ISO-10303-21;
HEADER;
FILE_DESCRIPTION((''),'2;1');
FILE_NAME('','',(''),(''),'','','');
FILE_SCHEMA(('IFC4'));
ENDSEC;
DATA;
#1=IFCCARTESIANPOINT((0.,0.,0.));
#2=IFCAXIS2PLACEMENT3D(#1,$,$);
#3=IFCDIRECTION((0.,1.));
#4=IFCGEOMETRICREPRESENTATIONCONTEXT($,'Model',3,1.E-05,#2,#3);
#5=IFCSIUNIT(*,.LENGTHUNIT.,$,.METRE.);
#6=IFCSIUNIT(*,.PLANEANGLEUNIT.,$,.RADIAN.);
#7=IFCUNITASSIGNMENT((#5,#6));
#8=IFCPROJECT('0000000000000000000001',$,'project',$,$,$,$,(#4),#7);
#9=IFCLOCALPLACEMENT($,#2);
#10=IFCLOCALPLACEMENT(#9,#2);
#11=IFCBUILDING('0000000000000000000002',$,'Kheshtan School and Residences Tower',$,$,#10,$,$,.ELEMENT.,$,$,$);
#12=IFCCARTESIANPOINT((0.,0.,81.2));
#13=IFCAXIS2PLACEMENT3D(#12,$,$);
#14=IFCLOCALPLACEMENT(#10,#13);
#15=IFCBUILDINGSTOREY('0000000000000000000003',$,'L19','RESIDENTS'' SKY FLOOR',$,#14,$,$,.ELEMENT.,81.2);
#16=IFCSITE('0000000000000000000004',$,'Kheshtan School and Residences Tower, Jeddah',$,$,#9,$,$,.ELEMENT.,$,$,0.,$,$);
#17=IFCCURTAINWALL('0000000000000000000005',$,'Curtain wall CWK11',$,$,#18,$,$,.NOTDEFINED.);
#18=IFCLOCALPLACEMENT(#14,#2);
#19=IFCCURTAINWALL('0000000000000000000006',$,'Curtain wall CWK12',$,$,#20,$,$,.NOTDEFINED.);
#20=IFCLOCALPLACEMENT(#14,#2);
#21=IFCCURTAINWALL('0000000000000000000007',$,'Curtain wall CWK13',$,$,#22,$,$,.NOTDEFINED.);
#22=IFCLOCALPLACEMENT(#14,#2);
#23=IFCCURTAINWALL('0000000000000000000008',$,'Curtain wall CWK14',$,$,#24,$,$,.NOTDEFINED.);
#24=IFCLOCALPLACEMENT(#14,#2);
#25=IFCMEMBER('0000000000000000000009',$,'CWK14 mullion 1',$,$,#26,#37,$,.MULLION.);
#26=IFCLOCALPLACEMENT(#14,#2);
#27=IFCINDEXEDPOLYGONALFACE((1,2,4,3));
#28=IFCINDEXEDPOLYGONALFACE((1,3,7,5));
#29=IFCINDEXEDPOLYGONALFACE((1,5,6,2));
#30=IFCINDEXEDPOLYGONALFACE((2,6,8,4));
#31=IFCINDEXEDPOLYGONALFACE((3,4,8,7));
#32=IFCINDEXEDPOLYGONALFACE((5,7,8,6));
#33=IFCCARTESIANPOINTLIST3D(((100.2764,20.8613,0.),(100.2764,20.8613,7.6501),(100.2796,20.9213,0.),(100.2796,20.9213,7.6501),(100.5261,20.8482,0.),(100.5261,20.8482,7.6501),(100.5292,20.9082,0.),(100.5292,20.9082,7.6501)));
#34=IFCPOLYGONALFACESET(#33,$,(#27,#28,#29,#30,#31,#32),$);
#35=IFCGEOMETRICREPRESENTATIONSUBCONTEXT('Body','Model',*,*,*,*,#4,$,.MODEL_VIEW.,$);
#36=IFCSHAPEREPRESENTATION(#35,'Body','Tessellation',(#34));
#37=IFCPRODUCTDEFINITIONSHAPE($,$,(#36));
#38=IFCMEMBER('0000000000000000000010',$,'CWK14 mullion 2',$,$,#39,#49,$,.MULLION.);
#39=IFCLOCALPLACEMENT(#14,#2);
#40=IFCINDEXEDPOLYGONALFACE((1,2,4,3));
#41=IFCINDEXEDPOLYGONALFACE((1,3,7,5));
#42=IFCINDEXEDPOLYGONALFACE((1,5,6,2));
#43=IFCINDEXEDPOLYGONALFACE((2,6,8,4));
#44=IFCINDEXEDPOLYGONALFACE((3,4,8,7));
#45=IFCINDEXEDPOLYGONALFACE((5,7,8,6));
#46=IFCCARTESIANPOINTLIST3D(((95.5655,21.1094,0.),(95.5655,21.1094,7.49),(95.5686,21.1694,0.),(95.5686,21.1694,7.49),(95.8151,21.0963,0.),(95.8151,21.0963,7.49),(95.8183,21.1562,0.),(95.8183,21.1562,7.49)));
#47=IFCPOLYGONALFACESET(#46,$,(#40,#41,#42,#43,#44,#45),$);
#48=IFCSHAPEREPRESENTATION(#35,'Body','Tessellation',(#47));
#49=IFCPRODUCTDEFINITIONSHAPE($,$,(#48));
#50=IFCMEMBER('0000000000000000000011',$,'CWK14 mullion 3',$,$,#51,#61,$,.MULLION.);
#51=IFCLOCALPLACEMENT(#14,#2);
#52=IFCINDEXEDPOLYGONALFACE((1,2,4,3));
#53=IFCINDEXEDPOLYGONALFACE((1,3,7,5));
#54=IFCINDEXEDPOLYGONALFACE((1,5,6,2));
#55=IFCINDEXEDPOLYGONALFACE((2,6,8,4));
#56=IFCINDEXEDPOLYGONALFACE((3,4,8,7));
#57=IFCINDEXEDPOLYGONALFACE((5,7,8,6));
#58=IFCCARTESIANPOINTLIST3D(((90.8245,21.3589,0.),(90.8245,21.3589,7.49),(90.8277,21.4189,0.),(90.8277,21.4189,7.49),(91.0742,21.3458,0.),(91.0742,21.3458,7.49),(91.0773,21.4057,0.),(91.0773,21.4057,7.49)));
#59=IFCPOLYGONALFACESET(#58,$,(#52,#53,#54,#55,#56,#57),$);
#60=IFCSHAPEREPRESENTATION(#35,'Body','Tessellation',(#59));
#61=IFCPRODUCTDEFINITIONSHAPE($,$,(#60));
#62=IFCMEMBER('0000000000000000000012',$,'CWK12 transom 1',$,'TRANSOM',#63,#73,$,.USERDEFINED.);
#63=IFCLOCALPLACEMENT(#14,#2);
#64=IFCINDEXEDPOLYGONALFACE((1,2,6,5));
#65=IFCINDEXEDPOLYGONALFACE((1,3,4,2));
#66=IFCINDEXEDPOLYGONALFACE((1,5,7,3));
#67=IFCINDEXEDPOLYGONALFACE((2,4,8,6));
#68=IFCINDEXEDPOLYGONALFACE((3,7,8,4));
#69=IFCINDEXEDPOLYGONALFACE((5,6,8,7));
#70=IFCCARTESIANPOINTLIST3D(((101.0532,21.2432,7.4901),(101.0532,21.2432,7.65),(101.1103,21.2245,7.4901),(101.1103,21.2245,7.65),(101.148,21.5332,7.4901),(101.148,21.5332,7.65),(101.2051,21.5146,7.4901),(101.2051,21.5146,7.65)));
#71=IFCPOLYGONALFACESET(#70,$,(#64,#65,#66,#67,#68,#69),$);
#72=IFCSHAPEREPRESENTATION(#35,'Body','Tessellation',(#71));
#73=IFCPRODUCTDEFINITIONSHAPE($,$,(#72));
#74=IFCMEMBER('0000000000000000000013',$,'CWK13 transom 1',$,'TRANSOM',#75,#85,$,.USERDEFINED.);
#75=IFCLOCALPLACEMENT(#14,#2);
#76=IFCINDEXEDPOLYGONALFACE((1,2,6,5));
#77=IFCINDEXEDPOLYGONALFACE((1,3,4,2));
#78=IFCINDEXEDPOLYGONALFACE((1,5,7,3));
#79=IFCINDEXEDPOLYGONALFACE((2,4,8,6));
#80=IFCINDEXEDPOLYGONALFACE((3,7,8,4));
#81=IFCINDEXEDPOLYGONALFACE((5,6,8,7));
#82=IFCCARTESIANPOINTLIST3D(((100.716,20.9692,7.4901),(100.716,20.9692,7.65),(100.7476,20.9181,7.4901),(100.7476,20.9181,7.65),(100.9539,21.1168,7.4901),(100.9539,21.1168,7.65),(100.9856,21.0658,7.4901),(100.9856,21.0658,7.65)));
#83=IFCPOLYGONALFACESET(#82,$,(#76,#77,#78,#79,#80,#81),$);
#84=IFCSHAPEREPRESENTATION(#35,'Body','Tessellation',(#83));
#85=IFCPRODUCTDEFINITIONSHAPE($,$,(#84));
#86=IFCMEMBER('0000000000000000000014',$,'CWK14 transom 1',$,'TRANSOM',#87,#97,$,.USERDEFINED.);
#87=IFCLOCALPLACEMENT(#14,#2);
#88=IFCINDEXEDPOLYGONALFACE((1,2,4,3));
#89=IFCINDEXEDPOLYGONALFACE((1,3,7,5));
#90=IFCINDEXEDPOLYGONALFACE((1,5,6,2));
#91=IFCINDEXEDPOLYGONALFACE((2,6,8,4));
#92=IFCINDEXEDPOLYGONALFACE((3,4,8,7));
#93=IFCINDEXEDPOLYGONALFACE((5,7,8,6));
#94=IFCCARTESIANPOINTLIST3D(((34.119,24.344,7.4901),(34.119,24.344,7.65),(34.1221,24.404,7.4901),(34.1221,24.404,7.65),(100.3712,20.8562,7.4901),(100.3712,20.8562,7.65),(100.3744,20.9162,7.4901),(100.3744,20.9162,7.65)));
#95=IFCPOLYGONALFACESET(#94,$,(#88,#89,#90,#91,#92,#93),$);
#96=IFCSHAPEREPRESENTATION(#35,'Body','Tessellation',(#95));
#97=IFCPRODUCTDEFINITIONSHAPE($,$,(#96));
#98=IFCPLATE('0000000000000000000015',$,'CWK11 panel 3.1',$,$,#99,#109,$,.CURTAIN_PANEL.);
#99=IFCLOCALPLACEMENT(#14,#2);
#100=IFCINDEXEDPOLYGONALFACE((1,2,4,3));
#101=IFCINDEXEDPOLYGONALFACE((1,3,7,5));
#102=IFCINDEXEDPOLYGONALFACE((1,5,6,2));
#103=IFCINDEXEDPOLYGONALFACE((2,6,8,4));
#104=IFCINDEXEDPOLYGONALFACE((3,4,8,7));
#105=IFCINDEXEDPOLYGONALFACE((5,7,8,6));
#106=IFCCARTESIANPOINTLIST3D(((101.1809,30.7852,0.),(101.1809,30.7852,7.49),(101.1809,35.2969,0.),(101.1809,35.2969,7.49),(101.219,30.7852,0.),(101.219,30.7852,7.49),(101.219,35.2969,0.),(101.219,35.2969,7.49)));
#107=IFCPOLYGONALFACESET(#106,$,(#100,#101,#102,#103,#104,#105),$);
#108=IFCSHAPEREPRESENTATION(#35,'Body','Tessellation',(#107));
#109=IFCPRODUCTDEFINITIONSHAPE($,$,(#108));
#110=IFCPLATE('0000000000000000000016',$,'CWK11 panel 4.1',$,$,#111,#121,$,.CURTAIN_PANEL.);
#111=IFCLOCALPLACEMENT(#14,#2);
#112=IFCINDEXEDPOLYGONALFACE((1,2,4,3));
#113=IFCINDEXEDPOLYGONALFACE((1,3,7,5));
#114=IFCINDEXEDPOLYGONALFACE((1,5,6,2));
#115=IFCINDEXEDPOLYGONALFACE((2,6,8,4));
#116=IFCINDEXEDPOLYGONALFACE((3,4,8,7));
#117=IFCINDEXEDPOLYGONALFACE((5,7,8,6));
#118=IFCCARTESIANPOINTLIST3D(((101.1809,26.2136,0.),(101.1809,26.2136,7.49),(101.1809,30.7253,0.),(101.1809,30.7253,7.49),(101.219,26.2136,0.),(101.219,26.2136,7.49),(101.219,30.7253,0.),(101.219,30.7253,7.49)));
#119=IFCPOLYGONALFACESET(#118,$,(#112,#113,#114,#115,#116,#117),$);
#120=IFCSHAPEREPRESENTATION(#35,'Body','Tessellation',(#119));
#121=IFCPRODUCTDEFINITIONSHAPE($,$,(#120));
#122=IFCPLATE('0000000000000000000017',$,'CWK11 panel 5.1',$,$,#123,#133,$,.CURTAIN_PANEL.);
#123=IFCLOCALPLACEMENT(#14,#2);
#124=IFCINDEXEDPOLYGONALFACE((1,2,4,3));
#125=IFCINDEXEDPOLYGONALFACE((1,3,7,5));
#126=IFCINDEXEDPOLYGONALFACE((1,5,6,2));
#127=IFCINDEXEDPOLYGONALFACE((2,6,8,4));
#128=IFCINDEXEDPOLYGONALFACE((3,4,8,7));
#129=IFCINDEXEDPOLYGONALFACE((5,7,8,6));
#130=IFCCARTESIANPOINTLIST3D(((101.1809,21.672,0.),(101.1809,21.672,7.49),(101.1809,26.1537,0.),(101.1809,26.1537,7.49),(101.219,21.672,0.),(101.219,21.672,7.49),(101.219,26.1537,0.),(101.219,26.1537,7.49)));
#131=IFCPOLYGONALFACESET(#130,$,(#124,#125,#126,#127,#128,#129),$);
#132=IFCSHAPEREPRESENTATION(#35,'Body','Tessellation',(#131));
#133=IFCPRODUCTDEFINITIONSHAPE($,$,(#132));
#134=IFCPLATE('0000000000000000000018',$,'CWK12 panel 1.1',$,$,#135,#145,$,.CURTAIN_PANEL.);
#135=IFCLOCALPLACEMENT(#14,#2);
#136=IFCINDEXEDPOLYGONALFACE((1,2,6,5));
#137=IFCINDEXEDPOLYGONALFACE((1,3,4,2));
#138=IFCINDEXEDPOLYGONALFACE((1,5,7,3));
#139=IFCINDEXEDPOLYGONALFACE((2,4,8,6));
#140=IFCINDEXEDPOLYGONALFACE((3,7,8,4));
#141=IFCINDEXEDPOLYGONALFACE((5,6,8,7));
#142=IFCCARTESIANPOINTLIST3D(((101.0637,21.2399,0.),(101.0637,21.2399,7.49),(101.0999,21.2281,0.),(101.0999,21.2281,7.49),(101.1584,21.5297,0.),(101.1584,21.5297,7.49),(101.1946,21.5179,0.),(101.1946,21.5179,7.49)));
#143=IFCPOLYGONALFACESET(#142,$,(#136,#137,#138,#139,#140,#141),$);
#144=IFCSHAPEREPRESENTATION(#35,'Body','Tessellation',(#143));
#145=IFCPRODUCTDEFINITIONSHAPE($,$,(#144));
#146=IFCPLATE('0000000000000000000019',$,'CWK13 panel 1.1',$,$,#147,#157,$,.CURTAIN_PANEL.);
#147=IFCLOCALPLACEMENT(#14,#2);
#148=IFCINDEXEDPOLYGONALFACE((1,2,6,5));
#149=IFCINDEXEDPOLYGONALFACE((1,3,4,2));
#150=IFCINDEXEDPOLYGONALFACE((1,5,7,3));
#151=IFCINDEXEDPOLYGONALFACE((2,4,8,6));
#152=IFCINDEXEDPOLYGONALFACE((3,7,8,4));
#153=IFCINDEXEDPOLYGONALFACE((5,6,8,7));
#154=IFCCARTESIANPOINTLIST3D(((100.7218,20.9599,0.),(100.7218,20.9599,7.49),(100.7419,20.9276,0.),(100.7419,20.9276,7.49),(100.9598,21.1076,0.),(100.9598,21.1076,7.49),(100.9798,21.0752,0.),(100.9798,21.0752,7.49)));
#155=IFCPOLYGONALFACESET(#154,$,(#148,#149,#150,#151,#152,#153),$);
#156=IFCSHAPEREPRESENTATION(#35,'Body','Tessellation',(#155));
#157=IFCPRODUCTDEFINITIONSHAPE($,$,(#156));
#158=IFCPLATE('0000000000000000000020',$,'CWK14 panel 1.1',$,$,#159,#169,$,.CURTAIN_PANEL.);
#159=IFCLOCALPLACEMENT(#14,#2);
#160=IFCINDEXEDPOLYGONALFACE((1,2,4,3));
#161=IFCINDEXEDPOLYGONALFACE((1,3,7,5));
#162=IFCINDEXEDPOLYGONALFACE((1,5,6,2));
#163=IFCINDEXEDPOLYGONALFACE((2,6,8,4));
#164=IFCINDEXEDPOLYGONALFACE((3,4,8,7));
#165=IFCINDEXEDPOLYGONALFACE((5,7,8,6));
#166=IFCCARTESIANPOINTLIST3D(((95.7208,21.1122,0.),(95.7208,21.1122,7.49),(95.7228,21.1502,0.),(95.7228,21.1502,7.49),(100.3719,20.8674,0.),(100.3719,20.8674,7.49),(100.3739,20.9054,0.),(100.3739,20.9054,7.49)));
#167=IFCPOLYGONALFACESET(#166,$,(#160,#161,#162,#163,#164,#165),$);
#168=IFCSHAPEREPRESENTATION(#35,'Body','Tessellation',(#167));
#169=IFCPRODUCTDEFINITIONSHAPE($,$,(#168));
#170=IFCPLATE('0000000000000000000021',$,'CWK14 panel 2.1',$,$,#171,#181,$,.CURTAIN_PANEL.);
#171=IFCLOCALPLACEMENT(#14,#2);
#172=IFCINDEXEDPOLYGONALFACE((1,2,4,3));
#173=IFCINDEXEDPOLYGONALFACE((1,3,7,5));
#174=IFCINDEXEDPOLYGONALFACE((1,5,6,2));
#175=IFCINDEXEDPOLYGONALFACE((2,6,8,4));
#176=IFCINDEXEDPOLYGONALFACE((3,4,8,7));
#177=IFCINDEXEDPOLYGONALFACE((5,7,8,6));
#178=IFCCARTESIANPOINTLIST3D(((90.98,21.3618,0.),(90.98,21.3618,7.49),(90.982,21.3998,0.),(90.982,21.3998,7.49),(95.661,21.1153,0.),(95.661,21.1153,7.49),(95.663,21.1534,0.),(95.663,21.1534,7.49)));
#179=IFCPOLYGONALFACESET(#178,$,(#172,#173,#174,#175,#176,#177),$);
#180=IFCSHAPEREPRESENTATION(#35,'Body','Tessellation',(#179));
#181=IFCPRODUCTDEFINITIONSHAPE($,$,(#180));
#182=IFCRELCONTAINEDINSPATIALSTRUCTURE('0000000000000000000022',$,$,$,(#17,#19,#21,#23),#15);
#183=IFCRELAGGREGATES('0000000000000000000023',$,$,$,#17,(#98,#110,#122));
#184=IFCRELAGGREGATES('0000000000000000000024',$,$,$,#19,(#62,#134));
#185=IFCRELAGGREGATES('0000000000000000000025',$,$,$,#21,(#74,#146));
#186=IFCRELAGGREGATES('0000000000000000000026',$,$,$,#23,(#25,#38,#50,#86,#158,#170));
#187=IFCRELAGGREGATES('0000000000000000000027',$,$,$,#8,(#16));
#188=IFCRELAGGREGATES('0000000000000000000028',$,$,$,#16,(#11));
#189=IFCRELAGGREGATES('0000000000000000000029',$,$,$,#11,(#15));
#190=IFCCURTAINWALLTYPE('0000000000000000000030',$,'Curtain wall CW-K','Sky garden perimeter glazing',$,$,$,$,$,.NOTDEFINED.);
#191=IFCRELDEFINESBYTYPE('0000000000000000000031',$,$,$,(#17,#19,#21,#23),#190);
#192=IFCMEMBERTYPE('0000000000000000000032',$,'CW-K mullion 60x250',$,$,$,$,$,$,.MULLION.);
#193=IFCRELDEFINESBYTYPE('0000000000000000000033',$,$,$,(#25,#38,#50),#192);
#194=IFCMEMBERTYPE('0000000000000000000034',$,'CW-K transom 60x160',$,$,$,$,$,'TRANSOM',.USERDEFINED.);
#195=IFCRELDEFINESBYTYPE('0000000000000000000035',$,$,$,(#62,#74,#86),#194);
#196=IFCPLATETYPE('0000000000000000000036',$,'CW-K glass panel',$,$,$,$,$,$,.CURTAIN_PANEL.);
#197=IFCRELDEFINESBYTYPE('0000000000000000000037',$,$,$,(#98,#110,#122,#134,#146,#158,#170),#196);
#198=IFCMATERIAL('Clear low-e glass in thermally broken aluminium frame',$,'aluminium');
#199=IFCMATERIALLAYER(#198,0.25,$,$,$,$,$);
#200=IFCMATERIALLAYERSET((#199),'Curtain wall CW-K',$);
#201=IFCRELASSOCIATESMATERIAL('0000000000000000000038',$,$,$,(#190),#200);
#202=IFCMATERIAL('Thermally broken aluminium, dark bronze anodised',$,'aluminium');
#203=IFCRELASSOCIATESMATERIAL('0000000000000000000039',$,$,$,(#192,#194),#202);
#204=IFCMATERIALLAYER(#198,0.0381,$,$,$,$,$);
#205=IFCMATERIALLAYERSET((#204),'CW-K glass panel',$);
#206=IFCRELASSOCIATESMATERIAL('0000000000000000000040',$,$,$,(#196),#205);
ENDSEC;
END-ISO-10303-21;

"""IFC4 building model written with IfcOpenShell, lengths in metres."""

from ifc_helpers import new_model, si_unit, direction, frame, origin, origin_2d, place, context, subcontext, project, spatial, rectangle, extrude, material, layer, layer_set, material_profile, profile_set, type_object, element, aggregate, save


model = new_model("IFC4")

# Units and contexts
model_context = context("Model", 3, precision=1e-05, world=origin(), true_north=direction((0.0, 1.0)))
body_context = subcontext(model_context, "Body", "Model", "MODEL_VIEW")
ifc_project = project(units=[si_unit("LENGTHUNIT", "METRE"), si_unit("PLANEANGLEUNIT", "RADIAN")], contexts=[model_context])

# Site, building, storey
site_placement = place(None, origin())
site = spatial("IfcSite", under=ifc_project, at=site_placement, Name="Kheshtan School and Residences Tower, Jeddah", CompositionType="ELEMENT", RefElevation=0.0)
building_placement = place(site_placement, origin())
building = spatial("IfcBuilding", under=site, at=building_placement, Name="Kheshtan School and Residences Tower", CompositionType="ELEMENT")
storey_placement = place(building_placement, frame((0.0, 0.0, 81.2)))
storey = spatial("IfcBuildingStorey", under=building, at=storey_placement, Name="L19", Description="RESIDENTS' SKY FLOOR", CompositionType="ELEMENT", Elevation=81.2)

# Curtain walls, members
ifc_material_1 = material(Name="Clear low-e glass in thermally broken aluminium frame", Category="aluminium")
ifc_layer_1 = layer(ifc_material_1, 0.25)
ifc_layer_set_1 = layer_set([ifc_layer_1], Name="Curtain wall CW-K")
curtain_wall_type = type_object("IfcCurtainWallType", Name="Curtain wall CW-K", Description="Sky garden perimeter glazing", PredefinedType="NOTDEFINED", material=ifc_layer_set_1)
curtain_wall_1_placement = place(storey_placement, origin())
curtain_wall_1 = element("IfcCurtainWall", 1, at=curtain_wall_1_placement, inside=storey, type_object=curtain_wall_type, Name="Curtain wall CWK11", PredefinedType="NOTDEFINED")
ifc_material_2 = material(Name="Thermally broken aluminium, dark bronze anodised", Category="aluminium")
ifc_material_profile_1 = material_profile(ifc_material_2, rectangle(XDim=0.0601, YDim=0.25, at=origin_2d()), Name="CW-K mullion 60x250")
ifc_profile_set_1 = profile_set([ifc_material_profile_1], Name="Thermally broken aluminium, dark bronze anodised")
member_type_1 = type_object("IfcMemberType", Name="CW-K mullion 60x250", PredefinedType="MULLION", material=ifc_profile_set_1)
curtain_wall_2_placement = place(storey_placement, origin())
curtain_wall_2 = element("IfcCurtainWall", 2, at=curtain_wall_2_placement, inside=storey, type_object=curtain_wall_type, Name="Curtain wall CWK12", PredefinedType="NOTDEFINED")
curtain_wall_3_placement = place(storey_placement, origin())
curtain_wall_3 = element("IfcCurtainWall", 3, at=curtain_wall_3_placement, inside=storey, type_object=curtain_wall_type, Name="Curtain wall CWK13", PredefinedType="NOTDEFINED")
curtain_wall_4_placement = place(storey_placement, origin())
curtain_wall_4 = element("IfcCurtainWall", 4, at=curtain_wall_4_placement, inside=storey, type_object=curtain_wall_type, Name="Curtain wall CWK14", PredefinedType="NOTDEFINED")
member_1_placement = place(storey_placement, frame((100.4028, 20.8848, 0.0), z_axis=(0.0, 0.0, 1.0), x_axis=(-0.05257, -0.998617, 0.0)))
member_1 = element("IfcMember", 5, at=member_1_placement, type_object=member_type_1, Name="CWK14 mullion 1", PredefinedType="MULLION", context=body_context, shape_type="SweptSolid", body=[
    extrude(rectangle(XDim=0.0601, YDim=0.25, at=origin_2d()), origin(), (0.0, 0.0, 1.0), 7.6501),
])
member_2_placement = place(storey_placement, frame((95.6919, 21.1328, 0.0), z_axis=(0.0, 0.0, 1.0), x_axis=(-0.05257, -0.998617, 0.0)))
member_2 = element("IfcMember", 6, at=member_2_placement, type_object=member_type_1, Name="CWK14 mullion 2", PredefinedType="MULLION", context=body_context, shape_type="SweptSolid", body=[
    extrude(rectangle(XDim=0.0601, YDim=0.25, at=origin_2d()), origin(), (0.0, 0.0, 1.0), 7.49),
])
member_3_placement = place(storey_placement, frame((90.9509, 21.3823, 0.0), z_axis=(0.0, 0.0, 1.0), x_axis=(-0.05257, -0.998617, 0.0)))
member_3 = element("IfcMember", 7, at=member_3_placement, type_object=member_type_1, Name="CWK14 mullion 3", PredefinedType="MULLION", context=body_context, shape_type="SweptSolid", body=[
    extrude(rectangle(XDim=0.0601, YDim=0.25, at=origin_2d()), origin(), (0.0, 0.0, 1.0), 7.49),
])

# Members
ifc_material_profile_2 = material_profile(ifc_material_2, rectangle(XDim=0.0601, YDim=0.1599, at=origin_2d()), Name="CW-K transom 60x160")
ifc_profile_set_2 = profile_set([ifc_material_profile_2], Name="Thermally broken aluminium, dark bronze anodised")
member_type_2 = type_object("IfcMemberType", Name="CW-K transom 60x160", ElementType="TRANSOM", PredefinedType="USERDEFINED", material=ifc_profile_set_2)
member_4_placement = place(storey_placement, frame((101.1765, 21.5239, 7.5701), z_axis=(-0.310461, -0.950586, 0.0), x_axis=(0.950586, -0.310461, 0.0)))
member_4 = element("IfcMember", 8, at=member_4_placement, type_object=member_type_2, Name="CWK12 transom 1", ObjectType="TRANSOM", PredefinedType="USERDEFINED", context=body_context, shape_type="SweptSolid", body=[
    extrude(rectangle(XDim=0.0601, YDim=0.1599, at=origin_2d()), origin(), (0.0, 0.0, 1.0), 0.3052),
])
member_5_placement = place(storey_placement, frame((100.9697, 21.0913, 7.5701), z_axis=(-0.849707, -0.527254, 0.0), x_axis=(0.527254, -0.849707, 0.0)))
member_5 = element("IfcMember", 9, at=member_5_placement, type_object=member_type_2, Name="CWK13 transom 1", ObjectType="TRANSOM", PredefinedType="USERDEFINED", context=body_context, shape_type="SweptSolid", body=[
    extrude(rectangle(XDim=0.0601, YDim=0.1599, at=origin_2d()), origin(), (0.0, 0.0, 1.0), 0.28),
])
member_6_placement = place(storey_placement, frame((100.3728, 20.8862, 7.5701), z_axis=(-0.998617, 0.052571, 0.0), x_axis=(-0.052571, -0.998617, 0.0)))
member_6 = element("IfcMember", 10, at=member_6_placement, type_object=member_type_2, Name="CWK14 transom 1", ObjectType="TRANSOM", PredefinedType="USERDEFINED", context=body_context, shape_type="SweptSolid", body=[
    extrude(rectangle(XDim=0.0601, YDim=0.1599, at=origin_2d()), origin(), (0.0, 0.0, 1.0), 66.344),
])

# Plates
ifc_layer_2 = layer(ifc_material_1, 0.0381)
ifc_layer_set_2 = layer_set([ifc_layer_2], Name="CW-K glass panel")
plate_type = type_object("IfcPlateType", Name="CW-K glass panel", PredefinedType="CURTAIN_PANEL", material=ifc_layer_set_2)
plate_1_placement = place(storey_placement, frame((101.2, 33.041, 0.0), z_axis=(0.0, 0.0, 1.0), x_axis=(0.0, -1.0, 0.0)))
plate_1 = element("IfcPlate", 11, at=plate_1_placement, type_object=plate_type, Name="CWK11 panel 3.1", PredefinedType="CURTAIN_PANEL", context=body_context, shape_type="SweptSolid", body=[
    extrude(rectangle(XDim=4.5117, YDim=0.0381, at=origin_2d()), origin(), (0.0, 0.0, 1.0), 7.49),
])
plate_2_placement = place(storey_placement, frame((101.2, 28.4695, 0.0), z_axis=(0.0, 0.0, 1.0), x_axis=(0.0, -1.0, 0.0)))
plate_2 = element("IfcPlate", 12, at=plate_2_placement, type_object=plate_type, Name="CWK11 panel 4.1", PredefinedType="CURTAIN_PANEL", context=body_context, shape_type="SweptSolid", body=[
    extrude(rectangle(XDim=4.5117, YDim=0.0381, at=origin_2d()), origin(), (0.0, 0.0, 1.0), 7.49),
])
plate_3_placement = place(storey_placement, frame((101.2, 23.9128, 0.0), z_axis=(0.0, 0.0, 1.0), x_axis=(0.0, -1.0, 0.0)))
plate_3 = element("IfcPlate", 13, at=plate_3_placement, type_object=plate_type, Name="CWK11 panel 5.1", PredefinedType="CURTAIN_PANEL", context=body_context, shape_type="SweptSolid", body=[
    extrude(rectangle(XDim=4.4817, YDim=0.0381, at=origin_2d()), origin(), (0.0, 0.0, 1.0), 7.49),
])
aggregate(curtain_wall_1, [plate_1, plate_2, plate_3])
plate_4_placement = place(storey_placement, frame((101.1292, 21.3789, 0.0), z_axis=(0.0, 0.0, 1.0), x_axis=(-0.310575, -0.950549, 0.0)))
plate_4 = element("IfcPlate", 14, at=plate_4_placement, type_object=plate_type, Name="CWK12 panel 1.1", PredefinedType="CURTAIN_PANEL", context=body_context, shape_type="SweptSolid", body=[
    extrude(rectangle(XDim=0.3049, YDim=0.0381, at=origin_2d()), origin(), (0.0, 0.0, 1.0), 7.49),
])
aggregate(curtain_wall_2, [member_4, plate_4])
plate_5_placement = place(storey_placement, frame((100.8508, 21.0176, 0.0), z_axis=(0.0, 0.0, 1.0), x_axis=(-0.849679, -0.527301, 0.0)))
plate_5 = element("IfcPlate", 15, at=plate_5_placement, type_object=plate_type, Name="CWK13 panel 1.1", PredefinedType="CURTAIN_PANEL", context=body_context, shape_type="SweptSolid", body=[
    extrude(rectangle(XDim=0.28, YDim=0.0381, at=origin_2d()), origin(), (0.0, 0.0, 1.0), 7.49),
])
aggregate(curtain_wall_3, [member_5, plate_5])
plate_6_placement = place(storey_placement, frame((98.0474, 21.0088, 0.0), z_axis=(0.0, 0.0, 1.0), x_axis=(-0.998617, 0.05257, 0.0)))
plate_6 = element("IfcPlate", 16, at=plate_6_placement, type_object=plate_type, Name="CWK14 panel 1.1", PredefinedType="CURTAIN_PANEL", context=body_context, shape_type="SweptSolid", body=[
    extrude(rectangle(XDim=4.6575, YDim=0.0381, at=origin_2d()), origin(), (0.0, 0.0, 1.0), 7.49),
])
plate_7_placement = place(storey_placement, frame((93.3215, 21.2576, 0.0), z_axis=(0.0, 0.0, 1.0), x_axis=(-0.998617, 0.05257, 0.0)))
plate_7 = element("IfcPlate", 17, at=plate_7_placement, type_object=plate_type, Name="CWK14 panel 2.1", PredefinedType="CURTAIN_PANEL", context=body_context, shape_type="SweptSolid", body=[
    extrude(rectangle(XDim=4.6875, YDim=0.0381, at=origin_2d()), origin(), (0.0, 0.0, 1.0), 7.49),
])
aggregate(curtain_wall_4, [member_1, member_2, member_3, member_6, plate_6, plate_7])

save(model, "model.ifc")
